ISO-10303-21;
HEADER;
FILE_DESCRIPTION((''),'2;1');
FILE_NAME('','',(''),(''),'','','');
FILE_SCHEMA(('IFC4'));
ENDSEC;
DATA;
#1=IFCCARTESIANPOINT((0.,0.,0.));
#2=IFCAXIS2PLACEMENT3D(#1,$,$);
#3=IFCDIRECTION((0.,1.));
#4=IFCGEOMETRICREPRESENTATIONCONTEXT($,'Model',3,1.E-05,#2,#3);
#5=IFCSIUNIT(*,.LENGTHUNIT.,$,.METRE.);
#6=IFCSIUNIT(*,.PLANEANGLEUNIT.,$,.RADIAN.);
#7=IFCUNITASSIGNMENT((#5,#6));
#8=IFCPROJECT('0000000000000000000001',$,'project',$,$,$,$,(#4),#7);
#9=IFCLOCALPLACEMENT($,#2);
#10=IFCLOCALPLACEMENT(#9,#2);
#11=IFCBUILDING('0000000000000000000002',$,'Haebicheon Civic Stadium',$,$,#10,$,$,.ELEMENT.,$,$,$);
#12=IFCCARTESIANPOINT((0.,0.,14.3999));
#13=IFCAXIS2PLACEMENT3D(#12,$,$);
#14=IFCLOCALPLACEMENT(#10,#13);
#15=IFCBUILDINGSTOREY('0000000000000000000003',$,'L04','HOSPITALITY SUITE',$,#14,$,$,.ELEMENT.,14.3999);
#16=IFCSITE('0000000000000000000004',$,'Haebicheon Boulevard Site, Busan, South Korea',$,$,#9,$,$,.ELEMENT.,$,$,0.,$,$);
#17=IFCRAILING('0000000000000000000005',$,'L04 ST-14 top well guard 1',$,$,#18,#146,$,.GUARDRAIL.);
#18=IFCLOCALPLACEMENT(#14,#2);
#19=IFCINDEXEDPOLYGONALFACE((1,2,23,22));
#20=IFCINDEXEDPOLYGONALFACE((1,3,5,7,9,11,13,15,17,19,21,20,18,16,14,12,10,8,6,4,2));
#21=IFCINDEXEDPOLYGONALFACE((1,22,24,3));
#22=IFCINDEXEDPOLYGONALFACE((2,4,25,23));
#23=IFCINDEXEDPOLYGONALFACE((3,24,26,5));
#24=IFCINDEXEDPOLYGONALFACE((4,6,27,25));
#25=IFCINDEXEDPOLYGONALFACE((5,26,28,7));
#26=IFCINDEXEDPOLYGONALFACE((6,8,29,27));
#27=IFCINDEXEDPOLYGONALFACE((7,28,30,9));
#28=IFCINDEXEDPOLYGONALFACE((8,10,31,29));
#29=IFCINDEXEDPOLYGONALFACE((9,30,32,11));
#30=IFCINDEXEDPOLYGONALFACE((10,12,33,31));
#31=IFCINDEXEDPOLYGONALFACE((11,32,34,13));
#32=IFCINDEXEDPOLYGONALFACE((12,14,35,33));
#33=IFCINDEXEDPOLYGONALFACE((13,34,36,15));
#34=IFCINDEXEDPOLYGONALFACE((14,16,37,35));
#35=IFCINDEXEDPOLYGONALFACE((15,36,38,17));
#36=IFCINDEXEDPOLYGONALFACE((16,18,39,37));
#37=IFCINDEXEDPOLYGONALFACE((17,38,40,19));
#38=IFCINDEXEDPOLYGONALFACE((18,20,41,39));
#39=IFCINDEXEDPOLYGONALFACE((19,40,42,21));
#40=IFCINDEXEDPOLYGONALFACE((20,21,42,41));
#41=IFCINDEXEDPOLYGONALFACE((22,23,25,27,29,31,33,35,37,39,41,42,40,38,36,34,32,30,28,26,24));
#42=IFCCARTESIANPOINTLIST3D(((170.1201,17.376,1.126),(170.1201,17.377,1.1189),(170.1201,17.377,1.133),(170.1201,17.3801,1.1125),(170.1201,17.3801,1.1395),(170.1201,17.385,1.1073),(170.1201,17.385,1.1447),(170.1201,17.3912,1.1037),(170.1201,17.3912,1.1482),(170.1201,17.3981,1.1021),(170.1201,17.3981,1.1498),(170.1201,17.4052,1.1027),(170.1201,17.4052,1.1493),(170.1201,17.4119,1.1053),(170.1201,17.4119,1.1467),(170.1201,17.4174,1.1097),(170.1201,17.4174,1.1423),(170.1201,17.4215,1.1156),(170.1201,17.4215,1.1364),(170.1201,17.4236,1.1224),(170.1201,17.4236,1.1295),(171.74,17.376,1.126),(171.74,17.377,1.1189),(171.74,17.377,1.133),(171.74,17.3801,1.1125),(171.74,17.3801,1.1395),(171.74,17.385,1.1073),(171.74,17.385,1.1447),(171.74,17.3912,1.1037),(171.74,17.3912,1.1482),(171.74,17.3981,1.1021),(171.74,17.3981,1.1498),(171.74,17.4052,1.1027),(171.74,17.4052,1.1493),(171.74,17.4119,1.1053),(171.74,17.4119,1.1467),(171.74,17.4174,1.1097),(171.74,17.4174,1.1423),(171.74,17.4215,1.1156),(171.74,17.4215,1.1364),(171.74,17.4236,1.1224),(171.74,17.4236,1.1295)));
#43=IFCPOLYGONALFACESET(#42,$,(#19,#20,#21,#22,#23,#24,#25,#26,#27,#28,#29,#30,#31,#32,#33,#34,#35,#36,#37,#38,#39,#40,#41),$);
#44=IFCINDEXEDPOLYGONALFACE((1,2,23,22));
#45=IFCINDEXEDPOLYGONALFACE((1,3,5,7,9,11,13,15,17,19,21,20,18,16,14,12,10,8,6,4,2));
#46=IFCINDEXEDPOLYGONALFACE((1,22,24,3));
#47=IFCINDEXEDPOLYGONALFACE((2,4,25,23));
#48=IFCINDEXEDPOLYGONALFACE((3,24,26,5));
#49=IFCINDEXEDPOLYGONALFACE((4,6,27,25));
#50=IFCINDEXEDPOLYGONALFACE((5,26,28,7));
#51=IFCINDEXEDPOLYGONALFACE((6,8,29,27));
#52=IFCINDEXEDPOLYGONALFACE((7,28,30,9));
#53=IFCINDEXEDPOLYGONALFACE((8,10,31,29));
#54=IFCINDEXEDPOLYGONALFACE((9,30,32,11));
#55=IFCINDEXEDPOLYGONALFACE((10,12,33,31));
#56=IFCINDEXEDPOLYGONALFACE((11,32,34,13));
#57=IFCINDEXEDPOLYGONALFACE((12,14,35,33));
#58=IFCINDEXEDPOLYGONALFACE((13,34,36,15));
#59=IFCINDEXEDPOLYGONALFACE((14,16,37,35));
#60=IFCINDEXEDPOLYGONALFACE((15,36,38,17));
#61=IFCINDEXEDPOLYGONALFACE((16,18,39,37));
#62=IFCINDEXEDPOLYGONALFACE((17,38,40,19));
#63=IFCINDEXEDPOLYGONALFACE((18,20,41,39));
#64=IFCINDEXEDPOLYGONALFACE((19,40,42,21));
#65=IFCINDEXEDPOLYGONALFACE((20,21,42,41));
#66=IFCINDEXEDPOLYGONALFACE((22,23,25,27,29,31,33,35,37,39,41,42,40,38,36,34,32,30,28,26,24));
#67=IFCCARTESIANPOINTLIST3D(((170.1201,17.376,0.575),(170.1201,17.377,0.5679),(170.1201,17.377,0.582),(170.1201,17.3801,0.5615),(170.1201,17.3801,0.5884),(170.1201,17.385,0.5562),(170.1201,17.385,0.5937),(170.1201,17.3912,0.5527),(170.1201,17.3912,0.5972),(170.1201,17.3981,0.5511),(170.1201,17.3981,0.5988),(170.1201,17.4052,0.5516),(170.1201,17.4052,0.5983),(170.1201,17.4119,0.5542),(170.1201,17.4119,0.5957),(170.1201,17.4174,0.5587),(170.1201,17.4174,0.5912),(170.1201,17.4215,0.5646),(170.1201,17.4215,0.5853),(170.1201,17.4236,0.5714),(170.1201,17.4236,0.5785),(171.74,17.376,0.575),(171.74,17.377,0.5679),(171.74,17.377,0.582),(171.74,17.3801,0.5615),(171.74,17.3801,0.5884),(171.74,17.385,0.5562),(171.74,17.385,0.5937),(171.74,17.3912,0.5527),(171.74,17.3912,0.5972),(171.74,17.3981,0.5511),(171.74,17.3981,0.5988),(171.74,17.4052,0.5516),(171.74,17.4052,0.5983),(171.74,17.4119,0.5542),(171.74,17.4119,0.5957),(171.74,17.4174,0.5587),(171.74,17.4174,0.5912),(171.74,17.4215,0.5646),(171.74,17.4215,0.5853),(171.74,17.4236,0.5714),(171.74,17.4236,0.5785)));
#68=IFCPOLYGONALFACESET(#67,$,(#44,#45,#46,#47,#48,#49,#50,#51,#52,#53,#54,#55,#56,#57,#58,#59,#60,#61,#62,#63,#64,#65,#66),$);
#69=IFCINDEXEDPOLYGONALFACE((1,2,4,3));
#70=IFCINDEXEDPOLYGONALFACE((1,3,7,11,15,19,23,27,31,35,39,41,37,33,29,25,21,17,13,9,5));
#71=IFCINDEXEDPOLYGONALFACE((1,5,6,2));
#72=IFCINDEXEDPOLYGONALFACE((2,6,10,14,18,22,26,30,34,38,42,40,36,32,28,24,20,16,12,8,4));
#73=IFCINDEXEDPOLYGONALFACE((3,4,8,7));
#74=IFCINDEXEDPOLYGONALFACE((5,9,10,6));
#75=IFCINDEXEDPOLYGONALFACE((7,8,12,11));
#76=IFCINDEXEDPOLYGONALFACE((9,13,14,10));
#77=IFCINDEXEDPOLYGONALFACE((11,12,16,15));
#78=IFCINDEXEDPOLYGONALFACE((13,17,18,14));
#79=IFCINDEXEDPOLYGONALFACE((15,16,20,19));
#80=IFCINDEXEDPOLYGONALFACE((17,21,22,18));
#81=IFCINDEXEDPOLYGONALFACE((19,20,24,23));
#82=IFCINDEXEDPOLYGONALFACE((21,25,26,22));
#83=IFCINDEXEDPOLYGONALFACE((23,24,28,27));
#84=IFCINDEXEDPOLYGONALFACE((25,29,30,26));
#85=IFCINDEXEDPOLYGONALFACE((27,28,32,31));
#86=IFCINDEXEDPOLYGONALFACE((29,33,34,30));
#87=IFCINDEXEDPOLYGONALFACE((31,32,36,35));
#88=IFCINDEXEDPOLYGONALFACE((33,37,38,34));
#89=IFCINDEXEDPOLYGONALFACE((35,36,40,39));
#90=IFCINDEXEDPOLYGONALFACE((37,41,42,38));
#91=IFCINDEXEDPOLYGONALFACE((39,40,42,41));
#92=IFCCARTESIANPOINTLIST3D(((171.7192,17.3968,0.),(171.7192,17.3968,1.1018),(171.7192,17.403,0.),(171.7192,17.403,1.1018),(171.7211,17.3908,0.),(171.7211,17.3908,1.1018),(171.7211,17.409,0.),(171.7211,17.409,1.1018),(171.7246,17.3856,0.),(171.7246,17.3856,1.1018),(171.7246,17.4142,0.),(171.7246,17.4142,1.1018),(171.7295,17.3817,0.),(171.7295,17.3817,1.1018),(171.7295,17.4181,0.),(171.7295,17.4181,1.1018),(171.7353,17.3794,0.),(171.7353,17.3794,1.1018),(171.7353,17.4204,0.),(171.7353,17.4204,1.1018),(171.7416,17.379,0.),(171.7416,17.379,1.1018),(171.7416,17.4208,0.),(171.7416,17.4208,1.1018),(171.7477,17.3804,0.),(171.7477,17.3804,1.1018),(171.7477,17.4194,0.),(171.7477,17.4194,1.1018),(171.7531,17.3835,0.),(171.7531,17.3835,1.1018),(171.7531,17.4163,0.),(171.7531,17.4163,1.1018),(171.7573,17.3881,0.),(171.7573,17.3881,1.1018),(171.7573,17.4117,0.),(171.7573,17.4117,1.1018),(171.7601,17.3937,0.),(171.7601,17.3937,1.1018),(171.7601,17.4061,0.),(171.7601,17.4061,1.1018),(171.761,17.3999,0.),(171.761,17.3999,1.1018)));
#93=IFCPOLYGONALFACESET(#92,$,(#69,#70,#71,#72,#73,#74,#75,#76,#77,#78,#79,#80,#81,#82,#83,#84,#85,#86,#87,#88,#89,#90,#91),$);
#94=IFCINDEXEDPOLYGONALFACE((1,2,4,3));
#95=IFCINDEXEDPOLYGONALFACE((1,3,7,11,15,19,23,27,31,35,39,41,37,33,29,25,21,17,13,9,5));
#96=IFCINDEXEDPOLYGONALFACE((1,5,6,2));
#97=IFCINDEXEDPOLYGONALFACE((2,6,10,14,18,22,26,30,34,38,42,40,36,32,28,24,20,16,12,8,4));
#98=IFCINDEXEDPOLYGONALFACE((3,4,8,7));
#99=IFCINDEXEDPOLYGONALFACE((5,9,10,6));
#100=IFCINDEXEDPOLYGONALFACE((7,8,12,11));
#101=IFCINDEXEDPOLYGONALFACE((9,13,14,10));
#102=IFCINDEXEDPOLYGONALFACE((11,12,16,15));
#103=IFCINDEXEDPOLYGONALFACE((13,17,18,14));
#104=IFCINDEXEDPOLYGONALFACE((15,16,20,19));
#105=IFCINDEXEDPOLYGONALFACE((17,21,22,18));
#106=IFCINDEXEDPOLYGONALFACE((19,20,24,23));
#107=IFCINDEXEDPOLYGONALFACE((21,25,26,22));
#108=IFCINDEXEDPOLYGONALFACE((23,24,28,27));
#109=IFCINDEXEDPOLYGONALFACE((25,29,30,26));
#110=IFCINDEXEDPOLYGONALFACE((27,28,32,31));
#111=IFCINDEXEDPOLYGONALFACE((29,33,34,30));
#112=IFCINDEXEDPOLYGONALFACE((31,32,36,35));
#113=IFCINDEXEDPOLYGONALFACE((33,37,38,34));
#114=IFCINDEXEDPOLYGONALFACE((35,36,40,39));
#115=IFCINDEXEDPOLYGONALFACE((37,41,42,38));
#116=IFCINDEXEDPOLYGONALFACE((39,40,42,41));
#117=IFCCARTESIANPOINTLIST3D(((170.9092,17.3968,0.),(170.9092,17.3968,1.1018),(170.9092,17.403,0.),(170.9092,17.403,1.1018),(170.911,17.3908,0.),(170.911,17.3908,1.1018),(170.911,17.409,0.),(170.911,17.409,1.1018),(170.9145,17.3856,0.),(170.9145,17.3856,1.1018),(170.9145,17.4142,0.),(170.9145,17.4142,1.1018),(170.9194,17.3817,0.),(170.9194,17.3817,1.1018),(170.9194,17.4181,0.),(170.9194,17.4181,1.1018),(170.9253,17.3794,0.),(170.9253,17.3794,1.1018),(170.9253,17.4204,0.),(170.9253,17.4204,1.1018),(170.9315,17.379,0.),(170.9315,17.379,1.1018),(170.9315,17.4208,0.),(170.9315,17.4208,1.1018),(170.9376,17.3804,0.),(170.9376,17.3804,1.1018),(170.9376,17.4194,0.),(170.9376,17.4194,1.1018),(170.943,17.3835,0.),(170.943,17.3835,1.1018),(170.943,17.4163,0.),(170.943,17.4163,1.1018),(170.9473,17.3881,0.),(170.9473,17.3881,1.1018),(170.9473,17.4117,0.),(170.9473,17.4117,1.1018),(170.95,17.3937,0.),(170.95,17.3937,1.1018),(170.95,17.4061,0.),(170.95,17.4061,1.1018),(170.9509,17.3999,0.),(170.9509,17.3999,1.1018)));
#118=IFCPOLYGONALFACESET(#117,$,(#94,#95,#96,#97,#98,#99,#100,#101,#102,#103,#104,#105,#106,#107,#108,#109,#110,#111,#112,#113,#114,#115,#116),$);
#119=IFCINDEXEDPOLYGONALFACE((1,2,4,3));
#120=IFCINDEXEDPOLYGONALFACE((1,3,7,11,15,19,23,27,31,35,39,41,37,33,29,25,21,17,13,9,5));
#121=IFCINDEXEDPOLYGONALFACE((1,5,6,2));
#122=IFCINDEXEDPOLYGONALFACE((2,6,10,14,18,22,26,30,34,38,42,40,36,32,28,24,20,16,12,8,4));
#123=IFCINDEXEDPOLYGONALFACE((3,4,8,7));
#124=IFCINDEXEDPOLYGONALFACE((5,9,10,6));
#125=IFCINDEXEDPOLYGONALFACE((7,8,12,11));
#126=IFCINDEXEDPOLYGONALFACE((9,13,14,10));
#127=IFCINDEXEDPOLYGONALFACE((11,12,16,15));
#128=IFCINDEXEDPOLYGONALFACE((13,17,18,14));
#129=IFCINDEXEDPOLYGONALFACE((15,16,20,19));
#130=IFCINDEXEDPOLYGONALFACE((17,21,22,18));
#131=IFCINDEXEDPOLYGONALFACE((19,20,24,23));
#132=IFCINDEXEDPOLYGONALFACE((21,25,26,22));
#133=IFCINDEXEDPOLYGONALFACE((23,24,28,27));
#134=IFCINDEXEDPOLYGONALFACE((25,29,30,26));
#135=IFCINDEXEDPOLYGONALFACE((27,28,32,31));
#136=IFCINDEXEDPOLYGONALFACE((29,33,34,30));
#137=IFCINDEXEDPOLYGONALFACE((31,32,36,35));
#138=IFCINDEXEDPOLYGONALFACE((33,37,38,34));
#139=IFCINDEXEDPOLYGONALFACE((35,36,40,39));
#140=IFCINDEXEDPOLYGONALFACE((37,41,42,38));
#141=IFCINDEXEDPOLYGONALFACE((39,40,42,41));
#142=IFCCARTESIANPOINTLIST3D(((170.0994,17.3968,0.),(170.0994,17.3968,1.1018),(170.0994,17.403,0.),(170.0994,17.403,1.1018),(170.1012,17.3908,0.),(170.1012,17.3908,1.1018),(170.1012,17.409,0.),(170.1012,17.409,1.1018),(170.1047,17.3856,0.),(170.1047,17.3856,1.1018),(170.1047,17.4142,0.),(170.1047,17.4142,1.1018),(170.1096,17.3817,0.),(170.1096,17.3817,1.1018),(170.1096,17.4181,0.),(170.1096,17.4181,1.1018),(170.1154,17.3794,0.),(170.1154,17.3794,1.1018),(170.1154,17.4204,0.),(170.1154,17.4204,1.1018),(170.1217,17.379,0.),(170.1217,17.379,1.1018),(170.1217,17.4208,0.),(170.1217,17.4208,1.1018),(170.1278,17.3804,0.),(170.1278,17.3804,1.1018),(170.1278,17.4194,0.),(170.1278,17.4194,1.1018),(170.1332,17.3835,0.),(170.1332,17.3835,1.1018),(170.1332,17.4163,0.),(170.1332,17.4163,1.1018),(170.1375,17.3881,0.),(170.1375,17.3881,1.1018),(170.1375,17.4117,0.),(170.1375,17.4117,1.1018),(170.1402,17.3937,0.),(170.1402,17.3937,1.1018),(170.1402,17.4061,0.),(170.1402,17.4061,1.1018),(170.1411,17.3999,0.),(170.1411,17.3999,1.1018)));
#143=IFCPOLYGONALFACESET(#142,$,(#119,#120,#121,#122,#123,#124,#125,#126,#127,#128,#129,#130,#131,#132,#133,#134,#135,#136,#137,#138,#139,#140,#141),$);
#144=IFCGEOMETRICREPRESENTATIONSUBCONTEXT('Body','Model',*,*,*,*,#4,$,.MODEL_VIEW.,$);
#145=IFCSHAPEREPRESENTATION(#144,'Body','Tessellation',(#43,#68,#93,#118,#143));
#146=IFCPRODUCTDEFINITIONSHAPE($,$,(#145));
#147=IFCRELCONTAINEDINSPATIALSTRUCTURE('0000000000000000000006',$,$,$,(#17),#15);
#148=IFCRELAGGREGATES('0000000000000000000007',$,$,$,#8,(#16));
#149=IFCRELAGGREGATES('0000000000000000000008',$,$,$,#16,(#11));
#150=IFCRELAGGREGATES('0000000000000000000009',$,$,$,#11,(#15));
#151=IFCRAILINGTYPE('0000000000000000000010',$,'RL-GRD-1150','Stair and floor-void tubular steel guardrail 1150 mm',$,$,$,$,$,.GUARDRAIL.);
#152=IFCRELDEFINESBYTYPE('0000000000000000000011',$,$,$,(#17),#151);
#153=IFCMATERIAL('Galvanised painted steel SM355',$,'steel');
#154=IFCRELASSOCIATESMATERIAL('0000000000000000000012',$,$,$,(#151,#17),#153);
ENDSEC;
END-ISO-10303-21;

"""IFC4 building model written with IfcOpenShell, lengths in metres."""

from ifc_helpers import new_model, si_unit, direction, frame, origin, origin_2d, place, context, subcontext, project, spatial, circle, extrude, material, type_object, element, save


model = new_model("IFC4")

# Units and contexts
model_context = context("Model", 3, precision=1e-05, world=origin(), true_north=direction((0.0, 1.0)))
body_context = subcontext(model_context, "Body", "Model", "MODEL_VIEW")
ifc_project = project(units=[si_unit("LENGTHUNIT", "METRE"), si_unit("PLANEANGLEUNIT", "RADIAN")], contexts=[model_context])

# Site, building, storey
site_placement = place(None, origin())
site = spatial("IfcSite", under=ifc_project, at=site_placement, Name="Haebicheon Boulevard Site, Busan, South Korea", CompositionType="ELEMENT", RefElevation=0.0)
building_placement = place(site_placement, origin())
building = spatial("IfcBuilding", under=site, at=building_placement, Name="Haebicheon Civic Stadium", CompositionType="ELEMENT")
storey_placement = place(building_placement, frame((0.0, 0.0, 14.3999)))
storey = spatial("IfcBuildingStorey", under=building, at=storey_placement, Name="L04", Description="HOSPITALITY SUITE", CompositionType="ELEMENT", Elevation=14.3999)

# Railing
ifc_material_1 = material(Name="Galvanised painted steel SM355", Category="steel")
railing_type = type_object("IfcRailingType", Name="RL-GRD-1150", Description="Stair and floor-void tubular steel guardrail 1150 mm", PredefinedType="GUARDRAIL", material=ifc_material_1)
railing_placement = place(storey_placement, frame((171.74, 17.3999, 0.0)))
element("IfcRailing", 1, at=railing_placement, inside=storey, type_object=railing_type, material=ifc_material_1, Name="L04 ST-14 top well guard 1", PredefinedType="GUARDRAIL", context=body_context, shape_type="SweptSolid", body=[
    extrude(circle(Radius=0.0239, at=origin_2d()), frame((0.0, 0.0, 1.126), z_axis=(-1.0, 0.0, 0.0), x_axis=(0.0, -1.0, 0.0)), (0.0, 0.0, 1.0), 1.6199),
    extrude(circle(Radius=0.0239, at=origin_2d()), frame((0.0, 0.0, 0.575), z_axis=(-1.0, 0.0, 0.0), x_axis=(0.0, -1.0, 0.0)), (0.0, 0.0, 1.0), 1.6199),
    extrude(circle(Radius=0.021, at=origin_2d()), origin(), (0.0, 0.0, 1.0), 1.1018),
    extrude(circle(Radius=0.021, at=origin_2d()), frame((-0.8101, 0.0, 0.0)), (0.0, 0.0, 1.0), 1.1018),
    extrude(circle(Radius=0.021, at=origin_2d()), frame((-1.6199, 0.0, 0.0)), (0.0, 0.0, 1.0), 1.1018),
])

save(model, "model.ifc")
